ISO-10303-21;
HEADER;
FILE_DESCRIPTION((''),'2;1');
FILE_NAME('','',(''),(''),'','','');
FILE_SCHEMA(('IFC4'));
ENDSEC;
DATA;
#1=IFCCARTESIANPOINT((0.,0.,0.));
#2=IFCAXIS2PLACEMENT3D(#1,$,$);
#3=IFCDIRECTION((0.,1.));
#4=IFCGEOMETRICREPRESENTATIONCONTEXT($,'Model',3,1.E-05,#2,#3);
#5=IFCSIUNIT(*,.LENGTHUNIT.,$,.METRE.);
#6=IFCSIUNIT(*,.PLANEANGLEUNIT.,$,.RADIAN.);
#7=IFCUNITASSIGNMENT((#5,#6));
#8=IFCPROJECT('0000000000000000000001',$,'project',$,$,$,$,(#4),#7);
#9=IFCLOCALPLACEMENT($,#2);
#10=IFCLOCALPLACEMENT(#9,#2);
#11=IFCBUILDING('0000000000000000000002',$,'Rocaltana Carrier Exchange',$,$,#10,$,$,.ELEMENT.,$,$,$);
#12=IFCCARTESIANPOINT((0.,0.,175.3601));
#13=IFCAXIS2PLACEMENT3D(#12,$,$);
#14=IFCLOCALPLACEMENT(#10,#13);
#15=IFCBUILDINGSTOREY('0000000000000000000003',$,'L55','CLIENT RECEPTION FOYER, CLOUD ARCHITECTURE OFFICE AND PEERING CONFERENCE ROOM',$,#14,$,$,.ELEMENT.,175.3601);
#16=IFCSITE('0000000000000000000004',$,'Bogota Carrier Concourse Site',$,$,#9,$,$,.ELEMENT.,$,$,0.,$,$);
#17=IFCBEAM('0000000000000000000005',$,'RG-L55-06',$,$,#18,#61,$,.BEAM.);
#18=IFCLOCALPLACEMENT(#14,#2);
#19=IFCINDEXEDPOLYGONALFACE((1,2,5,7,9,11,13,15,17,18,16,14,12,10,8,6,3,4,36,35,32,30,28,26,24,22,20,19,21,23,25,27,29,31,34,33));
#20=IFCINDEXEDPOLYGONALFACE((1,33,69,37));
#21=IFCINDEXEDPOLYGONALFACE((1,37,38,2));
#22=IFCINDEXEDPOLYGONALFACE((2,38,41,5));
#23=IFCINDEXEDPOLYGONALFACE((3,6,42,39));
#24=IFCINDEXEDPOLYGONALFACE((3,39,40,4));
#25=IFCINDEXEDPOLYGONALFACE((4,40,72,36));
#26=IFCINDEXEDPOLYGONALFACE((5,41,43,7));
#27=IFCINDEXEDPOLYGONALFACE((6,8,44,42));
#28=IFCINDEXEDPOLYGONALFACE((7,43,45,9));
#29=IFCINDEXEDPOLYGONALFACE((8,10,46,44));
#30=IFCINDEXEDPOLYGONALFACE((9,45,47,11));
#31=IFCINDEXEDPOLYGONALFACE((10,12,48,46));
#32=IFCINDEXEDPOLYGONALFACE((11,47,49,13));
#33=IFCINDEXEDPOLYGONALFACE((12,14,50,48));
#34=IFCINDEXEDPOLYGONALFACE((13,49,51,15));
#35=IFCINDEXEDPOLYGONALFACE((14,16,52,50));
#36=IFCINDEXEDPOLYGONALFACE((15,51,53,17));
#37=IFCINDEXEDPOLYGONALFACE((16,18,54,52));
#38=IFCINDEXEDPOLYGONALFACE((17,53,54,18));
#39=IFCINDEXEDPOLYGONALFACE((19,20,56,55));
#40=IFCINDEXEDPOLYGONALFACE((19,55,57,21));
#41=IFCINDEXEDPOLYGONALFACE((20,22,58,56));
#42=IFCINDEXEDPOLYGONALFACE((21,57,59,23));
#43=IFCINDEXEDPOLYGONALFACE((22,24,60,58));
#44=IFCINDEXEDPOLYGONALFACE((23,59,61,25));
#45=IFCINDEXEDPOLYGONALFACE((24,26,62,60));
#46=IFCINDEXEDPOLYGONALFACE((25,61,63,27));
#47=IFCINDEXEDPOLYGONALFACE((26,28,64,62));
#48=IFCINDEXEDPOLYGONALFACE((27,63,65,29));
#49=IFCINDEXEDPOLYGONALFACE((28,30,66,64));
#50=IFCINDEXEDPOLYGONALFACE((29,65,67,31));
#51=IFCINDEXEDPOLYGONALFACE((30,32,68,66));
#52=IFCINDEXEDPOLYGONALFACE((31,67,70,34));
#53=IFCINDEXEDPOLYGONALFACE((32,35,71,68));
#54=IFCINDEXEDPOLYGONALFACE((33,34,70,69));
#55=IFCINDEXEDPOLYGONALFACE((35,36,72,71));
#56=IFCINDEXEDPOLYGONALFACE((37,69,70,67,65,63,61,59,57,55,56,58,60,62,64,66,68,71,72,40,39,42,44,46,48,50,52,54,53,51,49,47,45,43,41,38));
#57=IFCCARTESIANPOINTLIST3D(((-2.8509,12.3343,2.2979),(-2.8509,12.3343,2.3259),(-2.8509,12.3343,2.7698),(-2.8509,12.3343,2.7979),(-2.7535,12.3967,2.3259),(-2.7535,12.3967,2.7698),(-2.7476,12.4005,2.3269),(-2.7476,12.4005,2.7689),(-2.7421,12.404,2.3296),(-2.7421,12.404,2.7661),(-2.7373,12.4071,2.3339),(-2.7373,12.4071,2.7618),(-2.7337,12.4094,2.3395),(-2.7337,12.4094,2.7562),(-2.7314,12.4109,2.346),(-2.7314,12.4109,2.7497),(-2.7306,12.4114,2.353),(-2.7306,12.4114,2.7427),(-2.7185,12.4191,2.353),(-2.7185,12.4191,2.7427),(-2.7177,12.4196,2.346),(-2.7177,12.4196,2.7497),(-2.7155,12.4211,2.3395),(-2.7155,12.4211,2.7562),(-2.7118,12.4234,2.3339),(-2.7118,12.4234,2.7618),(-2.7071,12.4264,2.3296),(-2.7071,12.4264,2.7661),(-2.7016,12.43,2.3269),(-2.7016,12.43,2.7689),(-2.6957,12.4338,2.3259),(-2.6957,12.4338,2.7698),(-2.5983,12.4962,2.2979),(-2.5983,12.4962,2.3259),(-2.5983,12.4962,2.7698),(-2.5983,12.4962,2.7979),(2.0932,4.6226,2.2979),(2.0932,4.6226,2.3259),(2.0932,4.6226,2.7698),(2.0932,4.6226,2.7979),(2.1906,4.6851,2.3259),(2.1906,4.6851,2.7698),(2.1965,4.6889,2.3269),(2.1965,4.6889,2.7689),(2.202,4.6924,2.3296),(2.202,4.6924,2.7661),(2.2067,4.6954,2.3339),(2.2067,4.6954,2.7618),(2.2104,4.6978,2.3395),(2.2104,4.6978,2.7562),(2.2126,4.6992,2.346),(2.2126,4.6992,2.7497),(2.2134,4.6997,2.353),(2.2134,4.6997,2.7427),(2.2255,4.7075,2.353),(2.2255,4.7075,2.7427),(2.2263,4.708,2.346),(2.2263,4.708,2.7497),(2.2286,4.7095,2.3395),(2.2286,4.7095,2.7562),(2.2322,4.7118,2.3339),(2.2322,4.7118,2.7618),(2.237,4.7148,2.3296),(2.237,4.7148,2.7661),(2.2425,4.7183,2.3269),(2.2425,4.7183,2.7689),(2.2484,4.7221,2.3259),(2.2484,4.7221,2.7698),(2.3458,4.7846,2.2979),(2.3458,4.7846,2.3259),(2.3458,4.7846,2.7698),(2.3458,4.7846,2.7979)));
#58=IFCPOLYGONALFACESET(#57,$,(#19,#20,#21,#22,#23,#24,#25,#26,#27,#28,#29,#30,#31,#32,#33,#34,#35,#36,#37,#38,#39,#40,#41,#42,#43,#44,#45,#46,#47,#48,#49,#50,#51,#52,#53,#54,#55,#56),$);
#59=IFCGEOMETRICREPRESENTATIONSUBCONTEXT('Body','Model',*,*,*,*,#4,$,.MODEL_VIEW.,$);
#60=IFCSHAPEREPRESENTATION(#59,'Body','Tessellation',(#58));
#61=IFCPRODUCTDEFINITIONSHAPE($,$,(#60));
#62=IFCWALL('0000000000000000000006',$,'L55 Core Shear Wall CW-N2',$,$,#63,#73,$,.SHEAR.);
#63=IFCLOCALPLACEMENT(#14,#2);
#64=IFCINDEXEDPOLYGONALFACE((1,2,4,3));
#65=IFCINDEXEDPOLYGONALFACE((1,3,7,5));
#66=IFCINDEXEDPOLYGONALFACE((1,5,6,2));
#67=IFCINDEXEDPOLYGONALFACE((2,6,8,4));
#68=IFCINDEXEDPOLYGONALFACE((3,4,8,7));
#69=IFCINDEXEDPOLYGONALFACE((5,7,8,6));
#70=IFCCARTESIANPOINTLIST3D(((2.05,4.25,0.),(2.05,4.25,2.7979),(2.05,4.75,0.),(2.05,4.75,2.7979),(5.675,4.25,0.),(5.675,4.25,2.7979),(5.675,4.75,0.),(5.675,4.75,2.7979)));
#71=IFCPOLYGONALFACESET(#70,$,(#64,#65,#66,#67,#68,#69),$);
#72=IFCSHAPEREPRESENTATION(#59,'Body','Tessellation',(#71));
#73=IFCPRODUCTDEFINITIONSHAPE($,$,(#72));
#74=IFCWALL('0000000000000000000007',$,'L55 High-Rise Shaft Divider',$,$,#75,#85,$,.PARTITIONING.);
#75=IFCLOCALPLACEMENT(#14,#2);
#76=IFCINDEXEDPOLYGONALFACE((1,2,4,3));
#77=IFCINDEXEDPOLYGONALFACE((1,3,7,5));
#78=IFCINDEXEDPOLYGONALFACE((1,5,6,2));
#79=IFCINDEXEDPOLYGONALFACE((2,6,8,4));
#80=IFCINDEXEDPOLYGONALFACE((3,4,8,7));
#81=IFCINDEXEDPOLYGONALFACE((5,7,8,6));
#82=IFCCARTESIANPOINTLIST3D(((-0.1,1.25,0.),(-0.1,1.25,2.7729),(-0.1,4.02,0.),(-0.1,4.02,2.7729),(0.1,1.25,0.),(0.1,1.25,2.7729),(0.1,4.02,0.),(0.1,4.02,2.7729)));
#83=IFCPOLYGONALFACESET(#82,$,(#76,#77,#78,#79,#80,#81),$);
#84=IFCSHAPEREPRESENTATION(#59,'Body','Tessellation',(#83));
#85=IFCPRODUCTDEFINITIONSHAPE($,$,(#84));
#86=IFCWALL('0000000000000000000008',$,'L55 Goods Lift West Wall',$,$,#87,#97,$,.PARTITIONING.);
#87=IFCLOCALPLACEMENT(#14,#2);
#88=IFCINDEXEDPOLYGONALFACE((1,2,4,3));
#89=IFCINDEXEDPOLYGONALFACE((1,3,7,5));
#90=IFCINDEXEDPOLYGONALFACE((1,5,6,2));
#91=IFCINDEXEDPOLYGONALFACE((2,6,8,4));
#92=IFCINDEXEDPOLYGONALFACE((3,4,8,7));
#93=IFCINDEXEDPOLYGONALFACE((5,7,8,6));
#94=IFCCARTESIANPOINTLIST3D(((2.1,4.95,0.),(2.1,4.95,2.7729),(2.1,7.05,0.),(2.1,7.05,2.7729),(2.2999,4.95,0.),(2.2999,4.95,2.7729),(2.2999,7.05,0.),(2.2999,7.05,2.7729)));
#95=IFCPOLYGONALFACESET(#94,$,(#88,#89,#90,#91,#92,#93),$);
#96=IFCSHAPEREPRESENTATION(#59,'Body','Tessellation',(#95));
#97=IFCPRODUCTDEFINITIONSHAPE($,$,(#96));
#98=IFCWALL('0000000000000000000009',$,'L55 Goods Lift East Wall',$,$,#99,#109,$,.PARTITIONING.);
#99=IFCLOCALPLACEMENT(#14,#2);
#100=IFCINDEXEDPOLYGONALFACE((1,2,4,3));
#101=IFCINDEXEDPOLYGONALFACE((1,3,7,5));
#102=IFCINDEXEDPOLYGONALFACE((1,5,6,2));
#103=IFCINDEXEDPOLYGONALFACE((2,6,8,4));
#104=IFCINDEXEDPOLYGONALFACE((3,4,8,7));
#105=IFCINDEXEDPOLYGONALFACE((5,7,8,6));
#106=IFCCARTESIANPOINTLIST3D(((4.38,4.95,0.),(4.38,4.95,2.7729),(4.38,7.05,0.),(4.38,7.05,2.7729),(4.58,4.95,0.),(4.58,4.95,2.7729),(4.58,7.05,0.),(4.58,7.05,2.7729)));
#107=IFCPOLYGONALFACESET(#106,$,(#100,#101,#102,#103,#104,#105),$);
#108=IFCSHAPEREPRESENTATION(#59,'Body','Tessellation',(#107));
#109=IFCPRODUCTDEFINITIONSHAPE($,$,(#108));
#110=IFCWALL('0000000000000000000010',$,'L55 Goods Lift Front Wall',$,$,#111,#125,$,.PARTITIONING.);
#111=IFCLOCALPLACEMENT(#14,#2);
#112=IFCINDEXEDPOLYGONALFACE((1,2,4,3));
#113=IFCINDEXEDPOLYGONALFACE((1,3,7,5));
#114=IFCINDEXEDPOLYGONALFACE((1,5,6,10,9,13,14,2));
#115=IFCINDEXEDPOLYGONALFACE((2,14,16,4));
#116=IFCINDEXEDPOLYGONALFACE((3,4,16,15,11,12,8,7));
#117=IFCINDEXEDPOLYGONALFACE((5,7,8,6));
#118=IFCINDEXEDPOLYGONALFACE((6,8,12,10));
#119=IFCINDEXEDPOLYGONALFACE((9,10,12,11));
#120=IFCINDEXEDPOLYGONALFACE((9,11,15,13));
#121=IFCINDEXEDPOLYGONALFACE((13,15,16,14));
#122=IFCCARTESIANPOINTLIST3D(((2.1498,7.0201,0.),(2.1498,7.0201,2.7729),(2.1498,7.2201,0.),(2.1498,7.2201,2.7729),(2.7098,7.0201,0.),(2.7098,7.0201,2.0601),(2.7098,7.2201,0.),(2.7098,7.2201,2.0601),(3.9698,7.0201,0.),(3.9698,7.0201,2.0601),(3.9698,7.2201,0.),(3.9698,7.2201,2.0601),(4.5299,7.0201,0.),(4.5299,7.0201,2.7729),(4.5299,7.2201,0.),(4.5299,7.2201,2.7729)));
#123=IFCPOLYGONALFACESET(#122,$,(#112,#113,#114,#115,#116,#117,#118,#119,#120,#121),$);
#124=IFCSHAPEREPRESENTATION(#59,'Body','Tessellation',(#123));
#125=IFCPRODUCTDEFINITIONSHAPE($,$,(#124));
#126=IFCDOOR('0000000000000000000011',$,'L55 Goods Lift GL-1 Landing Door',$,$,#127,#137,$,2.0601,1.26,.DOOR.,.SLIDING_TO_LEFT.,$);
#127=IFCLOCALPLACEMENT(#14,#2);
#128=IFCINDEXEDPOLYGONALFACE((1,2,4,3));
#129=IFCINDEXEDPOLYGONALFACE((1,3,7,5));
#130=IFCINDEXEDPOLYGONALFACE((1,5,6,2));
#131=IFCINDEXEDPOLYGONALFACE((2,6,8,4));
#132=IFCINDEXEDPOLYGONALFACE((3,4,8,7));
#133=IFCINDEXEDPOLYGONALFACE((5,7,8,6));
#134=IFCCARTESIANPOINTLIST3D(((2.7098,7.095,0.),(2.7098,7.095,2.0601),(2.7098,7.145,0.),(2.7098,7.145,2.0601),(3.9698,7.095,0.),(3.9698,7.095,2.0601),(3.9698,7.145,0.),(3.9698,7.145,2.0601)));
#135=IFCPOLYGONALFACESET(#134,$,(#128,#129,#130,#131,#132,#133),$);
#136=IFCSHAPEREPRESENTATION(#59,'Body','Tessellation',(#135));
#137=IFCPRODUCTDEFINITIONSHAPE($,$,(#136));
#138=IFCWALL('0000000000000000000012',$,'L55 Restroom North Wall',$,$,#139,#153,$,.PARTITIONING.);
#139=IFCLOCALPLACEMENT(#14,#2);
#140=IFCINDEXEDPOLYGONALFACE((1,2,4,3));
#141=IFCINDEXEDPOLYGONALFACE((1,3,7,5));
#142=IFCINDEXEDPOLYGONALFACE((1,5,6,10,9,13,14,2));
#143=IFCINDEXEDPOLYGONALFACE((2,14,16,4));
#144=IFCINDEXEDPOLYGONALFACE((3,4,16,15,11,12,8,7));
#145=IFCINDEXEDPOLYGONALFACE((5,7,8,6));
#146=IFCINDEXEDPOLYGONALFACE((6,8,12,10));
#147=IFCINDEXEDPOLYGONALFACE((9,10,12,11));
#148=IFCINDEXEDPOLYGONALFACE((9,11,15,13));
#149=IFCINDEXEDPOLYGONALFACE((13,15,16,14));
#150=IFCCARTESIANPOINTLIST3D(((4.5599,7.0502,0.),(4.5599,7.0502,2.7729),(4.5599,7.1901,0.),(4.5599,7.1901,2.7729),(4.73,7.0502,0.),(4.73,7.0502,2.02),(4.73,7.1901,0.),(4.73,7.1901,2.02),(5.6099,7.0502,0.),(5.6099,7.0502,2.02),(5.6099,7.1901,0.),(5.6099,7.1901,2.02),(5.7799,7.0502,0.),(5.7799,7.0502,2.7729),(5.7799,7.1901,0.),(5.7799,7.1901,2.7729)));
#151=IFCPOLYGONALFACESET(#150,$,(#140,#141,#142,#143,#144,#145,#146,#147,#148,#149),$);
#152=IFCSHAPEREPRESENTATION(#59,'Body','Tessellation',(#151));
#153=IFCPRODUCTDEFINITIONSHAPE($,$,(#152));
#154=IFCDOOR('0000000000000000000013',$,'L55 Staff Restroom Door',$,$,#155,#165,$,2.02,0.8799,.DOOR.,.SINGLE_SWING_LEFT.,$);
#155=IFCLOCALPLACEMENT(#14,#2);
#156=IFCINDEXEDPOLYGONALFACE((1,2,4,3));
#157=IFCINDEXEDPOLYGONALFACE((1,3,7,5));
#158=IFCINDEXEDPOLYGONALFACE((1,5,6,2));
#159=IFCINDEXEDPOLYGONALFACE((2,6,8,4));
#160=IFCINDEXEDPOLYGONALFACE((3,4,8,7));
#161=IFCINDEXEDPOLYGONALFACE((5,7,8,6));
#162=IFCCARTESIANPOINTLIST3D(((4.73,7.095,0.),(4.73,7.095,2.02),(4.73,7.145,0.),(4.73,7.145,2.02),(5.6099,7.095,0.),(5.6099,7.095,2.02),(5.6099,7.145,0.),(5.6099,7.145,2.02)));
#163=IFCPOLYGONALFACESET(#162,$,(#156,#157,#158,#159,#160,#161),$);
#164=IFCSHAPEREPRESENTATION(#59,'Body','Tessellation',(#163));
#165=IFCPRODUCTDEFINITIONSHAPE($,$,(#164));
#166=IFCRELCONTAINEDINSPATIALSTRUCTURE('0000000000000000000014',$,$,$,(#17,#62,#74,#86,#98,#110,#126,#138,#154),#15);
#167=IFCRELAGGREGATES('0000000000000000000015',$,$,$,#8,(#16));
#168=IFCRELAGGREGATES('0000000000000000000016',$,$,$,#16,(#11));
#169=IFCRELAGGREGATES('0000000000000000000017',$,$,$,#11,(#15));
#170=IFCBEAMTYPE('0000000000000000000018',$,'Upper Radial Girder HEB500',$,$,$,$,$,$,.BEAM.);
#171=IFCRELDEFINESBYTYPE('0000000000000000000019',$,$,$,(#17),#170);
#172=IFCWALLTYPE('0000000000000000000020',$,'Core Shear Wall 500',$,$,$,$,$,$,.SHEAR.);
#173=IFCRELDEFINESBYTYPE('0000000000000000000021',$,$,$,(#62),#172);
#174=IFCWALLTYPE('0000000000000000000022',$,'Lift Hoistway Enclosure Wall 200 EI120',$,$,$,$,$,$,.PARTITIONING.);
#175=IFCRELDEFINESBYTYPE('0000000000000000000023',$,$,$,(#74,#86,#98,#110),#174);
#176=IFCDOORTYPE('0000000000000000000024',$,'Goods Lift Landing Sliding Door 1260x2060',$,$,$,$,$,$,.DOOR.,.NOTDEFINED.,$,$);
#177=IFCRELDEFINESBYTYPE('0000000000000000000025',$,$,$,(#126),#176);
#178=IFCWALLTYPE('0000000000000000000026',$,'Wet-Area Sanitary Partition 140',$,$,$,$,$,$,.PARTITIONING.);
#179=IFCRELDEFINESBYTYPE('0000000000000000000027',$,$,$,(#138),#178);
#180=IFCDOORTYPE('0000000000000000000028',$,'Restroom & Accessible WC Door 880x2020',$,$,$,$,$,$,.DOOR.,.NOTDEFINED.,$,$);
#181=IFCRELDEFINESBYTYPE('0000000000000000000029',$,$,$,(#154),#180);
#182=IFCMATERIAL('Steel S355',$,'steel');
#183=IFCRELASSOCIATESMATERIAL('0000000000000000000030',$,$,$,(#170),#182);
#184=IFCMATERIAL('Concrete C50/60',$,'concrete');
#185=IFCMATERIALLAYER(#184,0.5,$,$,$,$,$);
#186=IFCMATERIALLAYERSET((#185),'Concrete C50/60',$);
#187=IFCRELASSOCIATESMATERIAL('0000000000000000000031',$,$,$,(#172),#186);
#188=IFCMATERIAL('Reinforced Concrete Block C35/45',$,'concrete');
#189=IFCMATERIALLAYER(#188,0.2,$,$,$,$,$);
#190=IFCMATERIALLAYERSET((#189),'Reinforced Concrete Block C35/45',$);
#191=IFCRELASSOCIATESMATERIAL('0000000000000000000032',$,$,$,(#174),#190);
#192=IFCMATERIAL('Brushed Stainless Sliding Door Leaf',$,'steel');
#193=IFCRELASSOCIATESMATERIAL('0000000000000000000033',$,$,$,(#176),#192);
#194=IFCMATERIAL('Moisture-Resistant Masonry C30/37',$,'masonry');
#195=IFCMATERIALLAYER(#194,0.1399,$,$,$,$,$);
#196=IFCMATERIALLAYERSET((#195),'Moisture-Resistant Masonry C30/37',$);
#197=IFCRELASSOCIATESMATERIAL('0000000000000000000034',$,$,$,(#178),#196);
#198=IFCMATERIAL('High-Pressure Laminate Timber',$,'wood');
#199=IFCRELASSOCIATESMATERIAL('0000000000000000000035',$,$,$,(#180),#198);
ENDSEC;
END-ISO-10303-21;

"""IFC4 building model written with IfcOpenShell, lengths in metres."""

from ifc_helpers import new_model, si_unit, direction, frame, frame_2d, origin, origin_2d, place, context, subcontext, project, spatial, rectangle, i_section, extrude, material, layer, layer_set, material_profile, profile_set, type_object, element, fill, save


model = new_model("IFC4")

# Units and contexts
model_context = context("Model", 3, precision=1e-05, world=origin(), true_north=direction((0.0, 1.0)))
body_context = subcontext(model_context, "Body", "Model", "MODEL_VIEW")
ifc_project = project(units=[si_unit("LENGTHUNIT", "METRE"), si_unit("PLANEANGLEUNIT", "RADIAN")], contexts=[model_context])

# Site, building, storey
site_placement = place(None, origin())
site = spatial("IfcSite", under=ifc_project, at=site_placement, Name="Bogota Carrier Concourse Site", CompositionType="ELEMENT", RefElevation=0.0)
building_placement = place(site_placement, origin())
building = spatial("IfcBuilding", under=site, at=building_placement, Name="Rocaltana Carrier Exchange", CompositionType="ELEMENT")
storey_placement = place(building_placement, frame((0.0, 0.0, 175.3601)))
storey = spatial("IfcBuildingStorey", under=building, at=storey_placement, Name="L55", Description="CLIENT RECEPTION FOYER, CLOUD ARCHITECTURE OFFICE AND PEERING CONFERENCE ROOM", CompositionType="ELEMENT", Elevation=175.3601)

# Beam
ifc_material_1 = material(Name="Steel S355", Category="steel")
ifc_material_profile_1 = material_profile(ifc_material_1, i_section(OverallWidth=0.3, OverallDepth=0.5, WebThickness=0.0144, FlangeThickness=0.0281, FilletRadius=0.0271, at=origin_2d()), Name="HEB500")
ifc_profile_set_1 = profile_set([ifc_material_profile_1], Name="Steel S355")
beam_type_1 = type_object("IfcBeamType", Name="Upper Radial Girder HEB500", PredefinedType="BEAM", material=ifc_profile_set_1)
beam_1_placement = place(storey_placement, frame((2.2195, 4.7036, 2.5479), z_axis=(-0.539721, 0.841844, 0.0), x_axis=(-0.841844, -0.539721, 0.0)))
element("IfcBeam", 1, at=beam_1_placement, inside=storey, type_object=beam_type_1, Name="RG-L55-06", PredefinedType="BEAM", context=body_context, shape_type="SweptSolid", body=[
    extrude(i_section(OverallWidth=0.3, OverallDepth=0.5, WebThickness=0.0144, FlangeThickness=0.0281, FilletRadius=0.0271, at=origin_2d()), origin(), (0.0, 0.0, 1.0), 9.1604),
])

# Walls
ifc_material_2 = material(Name="Concrete C50/60", Category="concrete")
ifc_layer_1 = layer(ifc_material_2, 0.5)
ifc_layer_set_1 = layer_set([ifc_layer_1], Name="Concrete C50/60")
wall_type_1 = type_object("IfcWallType", Name="Core Shear Wall 500", PredefinedType="SHEAR", material=ifc_layer_set_1)
wall_1_placement = place(storey_placement, frame((2.05, 4.5, 0.0), z_axis=(0.0, 0.0, 1.0), x_axis=(1.0, 0.0, 0.0)))
element("IfcWall", 2, at=wall_1_placement, inside=storey, type_object=wall_type_1, Name="L55 Core Shear Wall CW-N2", PredefinedType="SHEAR", context=body_context, shape_type="SweptSolid", body=[
    extrude(rectangle(XDim=3.625, YDim=0.5, at=frame_2d((1.8125, 0.0))), origin(), (0.0, 0.0, 1.0), 2.7979),
])
ifc_material_3 = material(Name="Reinforced Concrete Block C35/45", Category="concrete")
ifc_layer_2 = layer(ifc_material_3, 0.2)
ifc_layer_set_2 = layer_set([ifc_layer_2], Name="Reinforced Concrete Block C35/45")
wall_type_2 = type_object("IfcWallType", Name="Lift Hoistway Enclosure Wall 200 EI120", PredefinedType="PARTITIONING", material=ifc_layer_set_2)
wall_2_placement = place(storey_placement, frame((0.0, 1.25, 0.0), z_axis=(0.0, 0.0, 1.0), x_axis=(0.0, 1.0, 0.0)))
element("IfcWall", 3, at=wall_2_placement, inside=storey, type_object=wall_type_2, Name="L55 High-Rise Shaft Divider", PredefinedType="PARTITIONING", context=body_context, shape_type="SweptSolid", body=[
    extrude(rectangle(XDim=2.77, YDim=0.2, at=frame_2d((1.385, 0.0))), origin(), (0.0, 0.0, 1.0), 2.7729),
])
for number, where, z_axis, x_axis, name in (
    (4, (2.2, 4.95, 0.0), (0.0, 0.0, 1.0), (0.0, 1.0, 0.0), "L55 Goods Lift West Wall"),
    (5, (4.48, 4.95, 0.0), (0.0, 0.0, 1.0), (0.0, 1.0, 0.0), "L55 Goods Lift East Wall"),
):
    element("IfcWall", number, at=place(storey_placement, frame(where, z_axis=z_axis, x_axis=x_axis)), inside=storey, type_object=wall_type_2, Name=name, PredefinedType="PARTITIONING", context=body_context, shape_type="SweptSolid", body=[
        extrude(rectangle(XDim=2.1001, YDim=0.2, at=frame_2d((1.05, 0.0))), origin(), (0.0, 0.0, 1.0), 2.7729),
    ])

# Walls, openings, doors
wall_3_placement = place(storey_placement, frame((2.1499, 7.1201, 0.0), z_axis=(0.0, 0.0, 1.0), x_axis=(1.0, 0.0, 0.0)))
wall_3 = element("IfcWall", 6, at=wall_3_placement, inside=storey, type_object=wall_type_2, Name="L55 Goods Lift Front Wall", PredefinedType="PARTITIONING", context=body_context, shape_type="SweptSolid", body=[
    extrude(rectangle(XDim=2.3801, YDim=0.2, at=frame_2d((1.1899, 0.0))), origin(), (0.0, 0.0, 1.0), 2.7729),
])
opening_1_placement = place(wall_3_placement, frame((0.5601, 0.0, 0.0)))
opening_1 = element("IfcOpeningElement", 7, at=opening_1_placement, cuts=wall_3, PredefinedType="OPENING", context=body_context, shape_type="SweptSolid", body=[
    extrude(rectangle(XDim=1.26, YDim=2.0601, at=frame_2d((0.6299, 1.03))), frame((0.0, 0.1099, 0.0), z_axis=(0.0, -1.0, 0.0), x_axis=(1.0, 0.0, 0.0)), (0.0, 0.0, 1.0), 0.22),
])
ifc_material_4 = material(Name="Brushed Stainless Sliding Door Leaf", Category="steel")
door_type_1 = type_object("IfcDoorType", Name="Goods Lift Landing Sliding Door 1260x2060", OperationType="NOTDEFINED", PredefinedType="DOOR", material=ifc_material_4)
door_1_placement = place(opening_1_placement, origin())
door_1 = element("IfcDoor", 8, at=door_1_placement, inside=storey, type_object=door_type_1, Name="L55 Goods Lift GL-1 Landing Door", OperationType="SLIDING_TO_LEFT", OverallHeight=2.0601, OverallWidth=1.26, PredefinedType="DOOR", context=body_context, shape_type="SweptSolid", body=[
    extrude(rectangle(XDim=1.26, YDim=2.0601, at=frame_2d((0.6299, 1.03))), frame((0.0, 0.0249, 0.0), z_axis=(0.0, -1.0, 0.0), x_axis=(1.0, 0.0, 0.0)), (0.0, 0.0, 1.0), 0.05),
])
fill(opening_1, door_1)
ifc_material_5 = material(Name="Moisture-Resistant Masonry C30/37", Category="masonry")
ifc_layer_3 = layer(ifc_material_5, 0.1399)
ifc_layer_set_3 = layer_set([ifc_layer_3], Name="Moisture-Resistant Masonry C30/37")
wall_type_3 = type_object("IfcWallType", Name="Wet-Area Sanitary Partition 140", PredefinedType="PARTITIONING", material=ifc_layer_set_3)
wall_4_placement = place(storey_placement, frame((4.5601, 7.1201, 0.0), z_axis=(0.0, 0.0, 1.0), x_axis=(1.0, 0.0, 0.0)))
wall_4 = element("IfcWall", 9, at=wall_4_placement, inside=storey, type_object=wall_type_3, Name="L55 Restroom North Wall", PredefinedType="PARTITIONING", context=body_context, shape_type="SweptSolid", body=[
    extrude(rectangle(XDim=1.22, YDim=0.1399, at=frame_2d((0.6099, 0.0))), origin(), (0.0, 0.0, 1.0), 2.7729),
])
opening_2_placement = place(wall_4_placement, frame((0.1699, 0.0, 0.0)))
opening_2 = element("IfcOpeningElement", 10, at=opening_2_placement, cuts=wall_4, PredefinedType="OPENING", context=body_context, shape_type="SweptSolid", body=[
    extrude(rectangle(XDim=0.8799, YDim=2.02, at=frame_2d((0.4399, 1.01))), frame((0.0, 0.0798, 0.0), z_axis=(0.0, -1.0, 0.0), x_axis=(1.0, 0.0, 0.0)), (0.0, 0.0, 1.0), 0.1599),
])
ifc_material_6 = material(Name="High-Pressure Laminate Timber", Category="wood")
door_type_2 = type_object("IfcDoorType", Name="Restroom & Accessible WC Door 880x2020", OperationType="NOTDEFINED", PredefinedType="DOOR", material=ifc_material_6)
door_2_placement = place(opening_2_placement, origin())
door_2 = element("IfcDoor", 11, at=door_2_placement, inside=storey, type_object=door_type_2, Name="L55 Staff Restroom Door", OperationType="SINGLE_SWING_LEFT", OverallHeight=2.02, OverallWidth=0.8799, PredefinedType="DOOR", context=body_context, shape_type="SweptSolid", body=[
    extrude(rectangle(XDim=0.8799, YDim=2.02, at=frame_2d((0.4399, 1.01))), frame((0.0, 0.0249, 0.0), z_axis=(0.0, -1.0, 0.0), x_axis=(1.0, 0.0, 0.0)), (0.0, 0.0, 1.0), 0.05),
])
fill(opening_2, door_2)

save(model, "model.ifc")
